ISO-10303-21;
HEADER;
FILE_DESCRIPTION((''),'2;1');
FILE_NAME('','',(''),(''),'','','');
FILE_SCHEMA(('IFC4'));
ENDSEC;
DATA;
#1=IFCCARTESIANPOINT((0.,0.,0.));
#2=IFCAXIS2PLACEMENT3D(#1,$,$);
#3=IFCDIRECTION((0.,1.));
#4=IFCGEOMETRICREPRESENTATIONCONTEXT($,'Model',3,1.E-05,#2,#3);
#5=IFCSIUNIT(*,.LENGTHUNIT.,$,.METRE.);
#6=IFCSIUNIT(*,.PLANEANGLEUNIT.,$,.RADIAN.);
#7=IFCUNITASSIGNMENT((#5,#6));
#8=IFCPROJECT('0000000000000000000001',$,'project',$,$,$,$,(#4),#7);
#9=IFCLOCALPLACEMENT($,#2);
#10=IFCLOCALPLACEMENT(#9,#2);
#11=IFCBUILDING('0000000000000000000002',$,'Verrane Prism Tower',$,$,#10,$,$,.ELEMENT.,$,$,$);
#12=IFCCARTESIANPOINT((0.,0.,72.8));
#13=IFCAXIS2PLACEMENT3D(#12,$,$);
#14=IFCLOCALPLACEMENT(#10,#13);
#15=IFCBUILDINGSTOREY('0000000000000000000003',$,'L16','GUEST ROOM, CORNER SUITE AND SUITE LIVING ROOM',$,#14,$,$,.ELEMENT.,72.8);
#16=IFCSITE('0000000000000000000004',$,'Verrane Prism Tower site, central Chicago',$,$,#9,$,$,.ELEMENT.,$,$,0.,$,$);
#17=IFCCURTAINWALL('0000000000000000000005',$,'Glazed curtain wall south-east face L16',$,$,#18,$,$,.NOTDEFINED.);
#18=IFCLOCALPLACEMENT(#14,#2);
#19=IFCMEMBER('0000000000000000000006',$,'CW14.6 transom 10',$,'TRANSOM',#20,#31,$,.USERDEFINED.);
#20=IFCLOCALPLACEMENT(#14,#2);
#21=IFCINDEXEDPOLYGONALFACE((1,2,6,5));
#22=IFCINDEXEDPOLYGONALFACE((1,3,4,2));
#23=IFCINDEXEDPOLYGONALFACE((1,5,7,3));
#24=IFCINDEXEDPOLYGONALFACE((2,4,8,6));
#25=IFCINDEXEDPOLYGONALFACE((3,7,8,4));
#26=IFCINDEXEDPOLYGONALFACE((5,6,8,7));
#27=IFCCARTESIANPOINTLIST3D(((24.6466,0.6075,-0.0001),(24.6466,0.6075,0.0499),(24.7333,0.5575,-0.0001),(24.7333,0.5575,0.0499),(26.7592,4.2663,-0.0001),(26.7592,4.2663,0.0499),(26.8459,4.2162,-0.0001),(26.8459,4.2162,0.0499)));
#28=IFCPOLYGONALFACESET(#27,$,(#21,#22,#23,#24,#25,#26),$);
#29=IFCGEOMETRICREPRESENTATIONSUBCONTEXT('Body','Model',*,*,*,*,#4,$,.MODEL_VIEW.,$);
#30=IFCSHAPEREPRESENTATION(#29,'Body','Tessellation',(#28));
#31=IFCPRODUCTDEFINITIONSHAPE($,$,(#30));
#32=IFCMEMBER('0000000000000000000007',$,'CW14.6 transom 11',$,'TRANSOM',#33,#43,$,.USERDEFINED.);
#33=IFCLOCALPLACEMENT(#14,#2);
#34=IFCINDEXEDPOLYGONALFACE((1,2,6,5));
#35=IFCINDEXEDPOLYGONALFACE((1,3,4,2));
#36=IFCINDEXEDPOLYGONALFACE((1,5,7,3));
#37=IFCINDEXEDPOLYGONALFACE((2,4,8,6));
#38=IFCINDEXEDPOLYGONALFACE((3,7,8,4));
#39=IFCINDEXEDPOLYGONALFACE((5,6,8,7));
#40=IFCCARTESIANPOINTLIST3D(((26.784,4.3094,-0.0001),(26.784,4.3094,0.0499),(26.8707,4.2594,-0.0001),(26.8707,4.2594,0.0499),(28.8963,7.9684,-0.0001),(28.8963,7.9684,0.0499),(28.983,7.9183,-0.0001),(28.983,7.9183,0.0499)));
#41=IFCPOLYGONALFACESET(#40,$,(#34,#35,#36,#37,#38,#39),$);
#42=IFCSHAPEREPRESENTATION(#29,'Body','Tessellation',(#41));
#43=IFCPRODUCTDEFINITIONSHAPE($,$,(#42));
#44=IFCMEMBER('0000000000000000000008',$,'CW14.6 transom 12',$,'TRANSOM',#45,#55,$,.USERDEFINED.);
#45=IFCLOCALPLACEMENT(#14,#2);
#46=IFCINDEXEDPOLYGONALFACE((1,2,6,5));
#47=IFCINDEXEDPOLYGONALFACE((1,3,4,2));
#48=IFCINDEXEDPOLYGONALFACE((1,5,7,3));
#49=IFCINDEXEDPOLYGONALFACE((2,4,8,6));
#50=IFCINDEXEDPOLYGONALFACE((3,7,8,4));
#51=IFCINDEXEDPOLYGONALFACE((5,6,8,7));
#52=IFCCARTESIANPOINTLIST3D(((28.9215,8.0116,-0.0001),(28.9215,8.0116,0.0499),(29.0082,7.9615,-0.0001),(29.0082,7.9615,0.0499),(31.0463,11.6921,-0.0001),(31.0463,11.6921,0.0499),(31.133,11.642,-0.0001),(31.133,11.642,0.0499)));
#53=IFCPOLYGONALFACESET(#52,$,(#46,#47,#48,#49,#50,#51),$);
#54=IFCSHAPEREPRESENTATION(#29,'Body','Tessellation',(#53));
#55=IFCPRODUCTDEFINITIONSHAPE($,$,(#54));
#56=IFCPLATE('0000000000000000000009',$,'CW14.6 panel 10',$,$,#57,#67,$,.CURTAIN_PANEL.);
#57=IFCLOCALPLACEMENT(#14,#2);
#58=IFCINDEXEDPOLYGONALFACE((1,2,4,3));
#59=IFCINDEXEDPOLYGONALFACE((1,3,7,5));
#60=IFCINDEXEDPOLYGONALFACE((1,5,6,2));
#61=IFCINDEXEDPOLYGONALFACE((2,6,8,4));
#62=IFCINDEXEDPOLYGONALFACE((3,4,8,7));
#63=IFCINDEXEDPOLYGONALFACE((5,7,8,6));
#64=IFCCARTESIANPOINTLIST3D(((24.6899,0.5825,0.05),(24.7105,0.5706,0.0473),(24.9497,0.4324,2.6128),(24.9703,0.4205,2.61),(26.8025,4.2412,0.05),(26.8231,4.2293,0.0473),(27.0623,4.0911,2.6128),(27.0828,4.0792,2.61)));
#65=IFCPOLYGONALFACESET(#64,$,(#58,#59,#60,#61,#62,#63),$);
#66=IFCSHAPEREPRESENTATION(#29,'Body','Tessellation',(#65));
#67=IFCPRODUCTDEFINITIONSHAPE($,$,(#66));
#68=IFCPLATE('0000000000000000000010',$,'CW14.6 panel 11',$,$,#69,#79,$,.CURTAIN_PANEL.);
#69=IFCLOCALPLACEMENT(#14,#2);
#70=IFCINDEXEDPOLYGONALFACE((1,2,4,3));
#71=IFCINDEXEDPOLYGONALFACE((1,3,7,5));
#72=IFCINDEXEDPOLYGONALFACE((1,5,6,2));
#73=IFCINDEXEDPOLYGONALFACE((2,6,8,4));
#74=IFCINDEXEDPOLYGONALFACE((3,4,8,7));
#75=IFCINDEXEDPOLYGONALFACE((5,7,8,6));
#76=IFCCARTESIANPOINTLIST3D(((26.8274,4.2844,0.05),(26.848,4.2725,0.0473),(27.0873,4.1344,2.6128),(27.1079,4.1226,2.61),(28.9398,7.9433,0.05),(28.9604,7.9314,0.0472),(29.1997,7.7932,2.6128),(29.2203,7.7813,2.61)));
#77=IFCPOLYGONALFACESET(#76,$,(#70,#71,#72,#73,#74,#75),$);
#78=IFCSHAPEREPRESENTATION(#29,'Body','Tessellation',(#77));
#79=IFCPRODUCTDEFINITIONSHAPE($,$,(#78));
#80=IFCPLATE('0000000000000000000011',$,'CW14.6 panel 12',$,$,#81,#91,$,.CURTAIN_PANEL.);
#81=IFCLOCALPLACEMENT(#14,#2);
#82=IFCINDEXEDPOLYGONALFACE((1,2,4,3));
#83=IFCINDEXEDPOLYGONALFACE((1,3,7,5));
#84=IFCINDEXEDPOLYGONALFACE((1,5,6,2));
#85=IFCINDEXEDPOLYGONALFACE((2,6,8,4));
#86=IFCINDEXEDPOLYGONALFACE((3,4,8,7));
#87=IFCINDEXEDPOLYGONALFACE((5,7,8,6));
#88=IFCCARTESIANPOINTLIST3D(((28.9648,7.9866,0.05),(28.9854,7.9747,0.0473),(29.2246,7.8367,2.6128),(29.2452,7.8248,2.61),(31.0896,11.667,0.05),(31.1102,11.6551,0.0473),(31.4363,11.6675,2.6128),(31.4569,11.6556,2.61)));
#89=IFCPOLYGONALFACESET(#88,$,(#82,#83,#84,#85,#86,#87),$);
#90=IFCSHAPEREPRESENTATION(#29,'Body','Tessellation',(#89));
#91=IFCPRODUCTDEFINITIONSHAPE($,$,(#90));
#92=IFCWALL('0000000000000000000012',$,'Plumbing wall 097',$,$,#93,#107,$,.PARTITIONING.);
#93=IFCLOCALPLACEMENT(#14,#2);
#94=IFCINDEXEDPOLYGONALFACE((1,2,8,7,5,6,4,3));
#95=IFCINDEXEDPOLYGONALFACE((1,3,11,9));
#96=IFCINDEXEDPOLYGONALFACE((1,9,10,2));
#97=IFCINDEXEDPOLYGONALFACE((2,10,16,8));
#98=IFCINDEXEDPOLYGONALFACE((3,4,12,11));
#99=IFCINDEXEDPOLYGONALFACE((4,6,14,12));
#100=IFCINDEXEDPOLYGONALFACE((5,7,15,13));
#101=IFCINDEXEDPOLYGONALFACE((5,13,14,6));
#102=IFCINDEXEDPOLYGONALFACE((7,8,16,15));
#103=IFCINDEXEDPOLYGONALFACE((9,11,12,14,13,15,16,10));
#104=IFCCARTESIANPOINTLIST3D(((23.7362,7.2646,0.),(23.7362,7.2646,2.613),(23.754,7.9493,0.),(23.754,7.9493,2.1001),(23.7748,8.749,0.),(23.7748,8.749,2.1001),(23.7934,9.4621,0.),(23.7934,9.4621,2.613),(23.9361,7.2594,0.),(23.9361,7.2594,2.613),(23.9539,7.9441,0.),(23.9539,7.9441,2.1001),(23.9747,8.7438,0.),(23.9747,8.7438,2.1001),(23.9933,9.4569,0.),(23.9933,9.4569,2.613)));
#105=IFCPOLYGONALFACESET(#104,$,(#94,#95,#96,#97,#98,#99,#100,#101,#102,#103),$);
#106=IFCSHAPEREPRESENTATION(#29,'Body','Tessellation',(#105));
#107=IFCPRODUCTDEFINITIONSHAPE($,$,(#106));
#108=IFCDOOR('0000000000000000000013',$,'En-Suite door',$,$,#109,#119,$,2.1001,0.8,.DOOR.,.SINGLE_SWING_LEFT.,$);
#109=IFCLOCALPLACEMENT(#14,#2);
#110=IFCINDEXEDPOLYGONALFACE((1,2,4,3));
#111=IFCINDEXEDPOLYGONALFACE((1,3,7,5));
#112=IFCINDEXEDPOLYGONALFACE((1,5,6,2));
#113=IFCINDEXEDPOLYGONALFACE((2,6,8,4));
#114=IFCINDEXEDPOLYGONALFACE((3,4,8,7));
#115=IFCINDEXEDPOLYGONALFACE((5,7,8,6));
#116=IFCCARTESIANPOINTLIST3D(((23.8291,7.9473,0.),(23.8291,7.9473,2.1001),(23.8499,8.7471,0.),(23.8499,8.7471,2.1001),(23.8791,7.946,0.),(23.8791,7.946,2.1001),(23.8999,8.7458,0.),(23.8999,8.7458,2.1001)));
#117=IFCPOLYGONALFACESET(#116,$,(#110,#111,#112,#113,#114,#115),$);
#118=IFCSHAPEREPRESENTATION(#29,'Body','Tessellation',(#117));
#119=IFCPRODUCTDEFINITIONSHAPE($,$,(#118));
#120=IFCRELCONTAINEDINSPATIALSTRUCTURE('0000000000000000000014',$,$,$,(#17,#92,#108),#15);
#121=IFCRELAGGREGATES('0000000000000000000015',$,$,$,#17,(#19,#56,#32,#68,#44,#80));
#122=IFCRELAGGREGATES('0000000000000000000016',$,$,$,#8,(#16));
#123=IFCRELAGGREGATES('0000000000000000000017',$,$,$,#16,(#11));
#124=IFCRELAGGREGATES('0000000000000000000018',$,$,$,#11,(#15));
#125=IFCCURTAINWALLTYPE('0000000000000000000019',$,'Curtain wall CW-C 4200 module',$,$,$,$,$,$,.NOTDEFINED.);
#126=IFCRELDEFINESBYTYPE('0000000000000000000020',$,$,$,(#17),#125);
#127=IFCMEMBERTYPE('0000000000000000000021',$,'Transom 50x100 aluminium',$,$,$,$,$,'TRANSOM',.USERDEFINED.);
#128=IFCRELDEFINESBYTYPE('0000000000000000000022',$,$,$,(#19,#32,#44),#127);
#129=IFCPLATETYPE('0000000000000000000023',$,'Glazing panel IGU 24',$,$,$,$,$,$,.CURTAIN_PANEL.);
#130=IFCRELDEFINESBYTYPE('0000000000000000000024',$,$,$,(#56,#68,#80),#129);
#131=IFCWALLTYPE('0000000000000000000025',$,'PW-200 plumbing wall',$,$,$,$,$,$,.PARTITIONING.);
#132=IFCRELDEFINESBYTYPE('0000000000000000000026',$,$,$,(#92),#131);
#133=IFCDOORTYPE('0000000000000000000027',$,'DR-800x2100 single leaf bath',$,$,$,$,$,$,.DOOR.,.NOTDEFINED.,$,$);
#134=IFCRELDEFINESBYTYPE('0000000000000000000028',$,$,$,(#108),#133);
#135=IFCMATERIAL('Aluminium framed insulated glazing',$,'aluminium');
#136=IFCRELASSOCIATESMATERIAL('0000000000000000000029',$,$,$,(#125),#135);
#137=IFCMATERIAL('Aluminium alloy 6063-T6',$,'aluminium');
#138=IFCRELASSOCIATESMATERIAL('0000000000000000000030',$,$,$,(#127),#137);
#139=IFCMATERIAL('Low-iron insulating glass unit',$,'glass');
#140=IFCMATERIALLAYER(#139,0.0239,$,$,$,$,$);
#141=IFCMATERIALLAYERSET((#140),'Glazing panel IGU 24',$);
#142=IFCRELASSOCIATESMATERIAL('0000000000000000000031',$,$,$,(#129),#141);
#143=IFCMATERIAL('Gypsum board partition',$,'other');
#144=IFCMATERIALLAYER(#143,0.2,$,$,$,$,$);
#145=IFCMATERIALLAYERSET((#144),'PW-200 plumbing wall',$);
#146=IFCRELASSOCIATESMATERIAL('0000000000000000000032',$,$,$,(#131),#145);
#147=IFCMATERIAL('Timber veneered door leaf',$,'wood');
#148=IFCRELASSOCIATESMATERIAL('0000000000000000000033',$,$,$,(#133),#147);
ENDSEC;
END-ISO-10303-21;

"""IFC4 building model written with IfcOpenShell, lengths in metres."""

from ifc_helpers import new_model, si_unit, direction, frame, frame_2d, origin, origin_2d, place, context, subcontext, project, spatial, polyline, rectangle, outline, extrude, material, layer, layer_set, material_profile, profile_set, type_object, element, fill, aggregate, save


model = new_model("IFC4")

# Units and contexts
model_context = context("Model", 3, precision=1e-05, world=origin(), true_north=direction((0.0, 1.0)))
body_context = subcontext(model_context, "Body", "Model", "MODEL_VIEW")
ifc_project = project(units=[si_unit("LENGTHUNIT", "METRE"), si_unit("PLANEANGLEUNIT", "RADIAN")], contexts=[model_context])

# Site, building, storey
site_placement = place(None, origin())
site = spatial("IfcSite", under=ifc_project, at=site_placement, Name="Verrane Prism Tower site, central Chicago", CompositionType="ELEMENT", RefElevation=0.0)
building_placement = place(site_placement, origin())
building = spatial("IfcBuilding", under=site, at=building_placement, Name="Verrane Prism Tower", CompositionType="ELEMENT")
storey_placement = place(building_placement, frame((0.0, 0.0, 72.8)))
storey = spatial("IfcBuildingStorey", under=building, at=storey_placement, Name="L16", Description="GUEST ROOM, CORNER SUITE AND SUITE LIVING ROOM", CompositionType="ELEMENT", Elevation=72.8)

# Curtain wall
ifc_material_1 = material(Name="Aluminium framed insulated glazing", Category="aluminium")
curtain_wall_type = type_object("IfcCurtainWallType", Name="Curtain wall CW-C 4200 module", PredefinedType="NOTDEFINED", material=ifc_material_1)
curtain_wall_placement = place(storey_placement, origin())
curtain_wall = element("IfcCurtainWall", 1, at=curtain_wall_placement, inside=storey, type_object=curtain_wall_type, Name="Glazed curtain wall south-east face L16", PredefinedType="NOTDEFINED")

# Members
ifc_material_2 = material(Name="Aluminium alloy 6063-T6", Category="aluminium")
ifc_material_profile_1 = material_profile(ifc_material_2, rectangle(XDim=0.1001, YDim=0.05, at=origin_2d()), Name="Transom 50x100 aluminium")
ifc_profile_set_1 = profile_set([ifc_material_profile_1], Name="Aluminium alloy 6063-T6")
member_type_1 = type_object("IfcMemberType", Name="Transom 50x100 aluminium", ElementType="TRANSOM", PredefinedType="USERDEFINED", material=ifc_profile_set_1)
member_1_placement = place(storey_placement, frame((24.6899, 0.5825, 0.0249), z_axis=(0.500036, 0.866005, 0.0), x_axis=(-0.866005, 0.500036, 0.0)))
member_1 = element("IfcMember", 2, at=member_1_placement, type_object=member_type_1, Name="CW14.6 transom 10", ObjectType="TRANSOM", PredefinedType="USERDEFINED", context=body_context, shape_type="SweptSolid", body=[
    extrude(rectangle(XDim=0.1001, YDim=0.05, at=origin_2d()), origin(), (0.0, 0.0, 1.0), 4.2249),
])
member_2_placement = place(storey_placement, frame((26.8274, 4.2844, 0.0249), z_axis=(0.499968, 0.866044, 0.0), x_axis=(-0.866044, 0.499968, 0.0)))
member_2 = element("IfcMember", 3, at=member_2_placement, type_object=member_type_1, Name="CW14.6 transom 11", ObjectType="TRANSOM", PredefinedType="USERDEFINED", context=body_context, shape_type="SweptSolid", body=[
    extrude(rectangle(XDim=0.1001, YDim=0.05, at=origin_2d()), origin(), (0.0, 0.0, 1.0), 4.2249),
])
member_3_placement = place(storey_placement, frame((28.9648, 7.9866, 0.0249), z_axis=(0.499976, 0.866039, 0.0), x_axis=(-0.866039, 0.499976, 0.0)))
member_3 = element("IfcMember", 4, at=member_3_placement, type_object=member_type_1, Name="CW14.6 transom 12", ObjectType="TRANSOM", PredefinedType="USERDEFINED", context=body_context, shape_type="SweptSolid", body=[
    extrude(rectangle(XDim=0.1001, YDim=0.05, at=origin_2d()), origin(), (0.0, 0.0, 1.0), 4.2498),
])

# Plates
ifc_material_3 = material(Name="Low-iron insulating glass unit", Category="glass")
ifc_layer_1 = layer(ifc_material_3, 0.0239)
ifc_layer_set_1 = layer_set([ifc_layer_1], Name="Glazing panel IGU 24")
plate_type = type_object("IfcPlateType", Name="Glazing panel IGU 24", PredefinedType="CURTAIN_PANEL", material=ifc_layer_set_1)
plate_1_placement = place(storey_placement, frame((24.6899, 0.5825, 0.05), z_axis=(-0.86013, 0.496644, 0.116282), x_axis=(0.500036, 0.866005, 0.0)))
plate_1 = element("IfcPlate", 5, at=plate_1_placement, type_object=plate_type, Name="CW14.6 panel 10", PredefinedType="CURTAIN_PANEL", context=body_context, shape_type="SweptSolid", body=[
    extrude(outline(polyline([(0.0, 0.0), (4.2248, 0.0), (4.2247, -2.5802), (-0.0001, -2.5802), (0.0, 0.0)])), origin(), (0.0, 0.0, -1.0), 0.0239),
])
plate_2_placement = place(storey_placement, frame((26.8274, 4.2844, 0.05), z_axis=(-0.860148, 0.496609, 0.116299), x_axis=(0.500001, 0.866025, -0.000005)))
plate_2 = element("IfcPlate", 6, at=plate_2_placement, type_object=plate_type, Name="CW14.6 panel 11", PredefinedType="CURTAIN_PANEL", context=body_context, shape_type="SweptSolid", body=[
    extrude(outline(polyline([(0.0, 0.0), (4.2249, 0.0), (4.2248, -2.5803), (0.0001, -2.5802), (0.0, 0.0)])), origin(), (0.0, 0.0, -1.0), 0.0239),
])
plate_3_placement = place(storey_placement, frame((28.9648, 7.9866, 0.05), z_axis=(-0.860163, 0.496594, 0.11625), x_axis=(0.499984, 0.866035, -0.000001)))
plate_3 = element("IfcPlate", 7, at=plate_3_placement, type_object=plate_type, Name="CW14.6 panel 12", PredefinedType="CURTAIN_PANEL", context=body_context, shape_type="SweptSolid", body=[
    extrude(outline(polyline([(0.0, 0.0), (4.2497, 0.0), (4.4235, -2.5802), (0.0001, -2.5802), (0.0, 0.0)])), origin(), (0.0, 0.0, -1.0), 0.0239),
])
aggregate(curtain_wall, [member_1, plate_1, member_2, plate_2, member_3, plate_3])

# Wall, opening, door
ifc_material_4 = material(Name="Gypsum board partition", Category="other")
ifc_layer_2 = layer(ifc_material_4, 0.2)
ifc_layer_set_2 = layer_set([ifc_layer_2], Name="PW-200 plumbing wall")
wall_type = type_object("IfcWallType", Name="PW-200 plumbing wall", PredefinedType="PARTITIONING", material=ifc_layer_set_2)
wall_placement = place(storey_placement, frame((23.8362, 7.262, 0.0), z_axis=(0.0, 0.0, 1.0), x_axis=(0.025988, 0.999662, 0.0)))
wall = element("IfcWall", 8, at=wall_placement, inside=storey, type_object=wall_type, Name="Plumbing wall 097", PredefinedType="PARTITIONING", context=body_context, shape_type="SweptSolid", body=[
    extrude(rectangle(XDim=2.1982, YDim=0.2, at=frame_2d((1.0991, 0.0))), origin(), (0.0, 0.0, 1.0), 2.613),
])
opening_placement = place(wall_placement, frame((0.6851, 0.0, 0.0)))
opening = element("IfcOpeningElement", 9, at=opening_placement, cuts=wall, PredefinedType="OPENING", context=body_context, shape_type="SweptSolid", body=[
    extrude(rectangle(XDim=0.8, YDim=2.1001, at=frame_2d((0.3999, 1.05))), frame((0.0, 0.1099, 0.0), z_axis=(0.0, -1.0, 0.0), x_axis=(1.0, 0.0, 0.0)), (0.0, 0.0, 1.0), 0.22),
])
ifc_material_5 = material(Name="Timber veneered door leaf", Category="wood")
door_type = type_object("IfcDoorType", Name="DR-800x2100 single leaf bath", OperationType="NOTDEFINED", PredefinedType="DOOR", material=ifc_material_5)
door_placement = place(opening_placement, origin())
door = element("IfcDoor", 10, at=door_placement, inside=storey, type_object=door_type, Name="En-Suite door", OperationType="SINGLE_SWING_LEFT", OverallHeight=2.1001, OverallWidth=0.8, PredefinedType="DOOR", context=body_context, shape_type="SweptSolid", body=[
    extrude(rectangle(XDim=0.8, YDim=2.1001, at=frame_2d((0.3999, 1.05))), frame((0.0, 0.0249, 0.0), z_axis=(0.0, -1.0, 0.0), x_axis=(1.0, 0.0, 0.0)), (0.0, 0.0, 1.0), 0.05),
])
fill(opening, door)

save(model, "model.ifc")
